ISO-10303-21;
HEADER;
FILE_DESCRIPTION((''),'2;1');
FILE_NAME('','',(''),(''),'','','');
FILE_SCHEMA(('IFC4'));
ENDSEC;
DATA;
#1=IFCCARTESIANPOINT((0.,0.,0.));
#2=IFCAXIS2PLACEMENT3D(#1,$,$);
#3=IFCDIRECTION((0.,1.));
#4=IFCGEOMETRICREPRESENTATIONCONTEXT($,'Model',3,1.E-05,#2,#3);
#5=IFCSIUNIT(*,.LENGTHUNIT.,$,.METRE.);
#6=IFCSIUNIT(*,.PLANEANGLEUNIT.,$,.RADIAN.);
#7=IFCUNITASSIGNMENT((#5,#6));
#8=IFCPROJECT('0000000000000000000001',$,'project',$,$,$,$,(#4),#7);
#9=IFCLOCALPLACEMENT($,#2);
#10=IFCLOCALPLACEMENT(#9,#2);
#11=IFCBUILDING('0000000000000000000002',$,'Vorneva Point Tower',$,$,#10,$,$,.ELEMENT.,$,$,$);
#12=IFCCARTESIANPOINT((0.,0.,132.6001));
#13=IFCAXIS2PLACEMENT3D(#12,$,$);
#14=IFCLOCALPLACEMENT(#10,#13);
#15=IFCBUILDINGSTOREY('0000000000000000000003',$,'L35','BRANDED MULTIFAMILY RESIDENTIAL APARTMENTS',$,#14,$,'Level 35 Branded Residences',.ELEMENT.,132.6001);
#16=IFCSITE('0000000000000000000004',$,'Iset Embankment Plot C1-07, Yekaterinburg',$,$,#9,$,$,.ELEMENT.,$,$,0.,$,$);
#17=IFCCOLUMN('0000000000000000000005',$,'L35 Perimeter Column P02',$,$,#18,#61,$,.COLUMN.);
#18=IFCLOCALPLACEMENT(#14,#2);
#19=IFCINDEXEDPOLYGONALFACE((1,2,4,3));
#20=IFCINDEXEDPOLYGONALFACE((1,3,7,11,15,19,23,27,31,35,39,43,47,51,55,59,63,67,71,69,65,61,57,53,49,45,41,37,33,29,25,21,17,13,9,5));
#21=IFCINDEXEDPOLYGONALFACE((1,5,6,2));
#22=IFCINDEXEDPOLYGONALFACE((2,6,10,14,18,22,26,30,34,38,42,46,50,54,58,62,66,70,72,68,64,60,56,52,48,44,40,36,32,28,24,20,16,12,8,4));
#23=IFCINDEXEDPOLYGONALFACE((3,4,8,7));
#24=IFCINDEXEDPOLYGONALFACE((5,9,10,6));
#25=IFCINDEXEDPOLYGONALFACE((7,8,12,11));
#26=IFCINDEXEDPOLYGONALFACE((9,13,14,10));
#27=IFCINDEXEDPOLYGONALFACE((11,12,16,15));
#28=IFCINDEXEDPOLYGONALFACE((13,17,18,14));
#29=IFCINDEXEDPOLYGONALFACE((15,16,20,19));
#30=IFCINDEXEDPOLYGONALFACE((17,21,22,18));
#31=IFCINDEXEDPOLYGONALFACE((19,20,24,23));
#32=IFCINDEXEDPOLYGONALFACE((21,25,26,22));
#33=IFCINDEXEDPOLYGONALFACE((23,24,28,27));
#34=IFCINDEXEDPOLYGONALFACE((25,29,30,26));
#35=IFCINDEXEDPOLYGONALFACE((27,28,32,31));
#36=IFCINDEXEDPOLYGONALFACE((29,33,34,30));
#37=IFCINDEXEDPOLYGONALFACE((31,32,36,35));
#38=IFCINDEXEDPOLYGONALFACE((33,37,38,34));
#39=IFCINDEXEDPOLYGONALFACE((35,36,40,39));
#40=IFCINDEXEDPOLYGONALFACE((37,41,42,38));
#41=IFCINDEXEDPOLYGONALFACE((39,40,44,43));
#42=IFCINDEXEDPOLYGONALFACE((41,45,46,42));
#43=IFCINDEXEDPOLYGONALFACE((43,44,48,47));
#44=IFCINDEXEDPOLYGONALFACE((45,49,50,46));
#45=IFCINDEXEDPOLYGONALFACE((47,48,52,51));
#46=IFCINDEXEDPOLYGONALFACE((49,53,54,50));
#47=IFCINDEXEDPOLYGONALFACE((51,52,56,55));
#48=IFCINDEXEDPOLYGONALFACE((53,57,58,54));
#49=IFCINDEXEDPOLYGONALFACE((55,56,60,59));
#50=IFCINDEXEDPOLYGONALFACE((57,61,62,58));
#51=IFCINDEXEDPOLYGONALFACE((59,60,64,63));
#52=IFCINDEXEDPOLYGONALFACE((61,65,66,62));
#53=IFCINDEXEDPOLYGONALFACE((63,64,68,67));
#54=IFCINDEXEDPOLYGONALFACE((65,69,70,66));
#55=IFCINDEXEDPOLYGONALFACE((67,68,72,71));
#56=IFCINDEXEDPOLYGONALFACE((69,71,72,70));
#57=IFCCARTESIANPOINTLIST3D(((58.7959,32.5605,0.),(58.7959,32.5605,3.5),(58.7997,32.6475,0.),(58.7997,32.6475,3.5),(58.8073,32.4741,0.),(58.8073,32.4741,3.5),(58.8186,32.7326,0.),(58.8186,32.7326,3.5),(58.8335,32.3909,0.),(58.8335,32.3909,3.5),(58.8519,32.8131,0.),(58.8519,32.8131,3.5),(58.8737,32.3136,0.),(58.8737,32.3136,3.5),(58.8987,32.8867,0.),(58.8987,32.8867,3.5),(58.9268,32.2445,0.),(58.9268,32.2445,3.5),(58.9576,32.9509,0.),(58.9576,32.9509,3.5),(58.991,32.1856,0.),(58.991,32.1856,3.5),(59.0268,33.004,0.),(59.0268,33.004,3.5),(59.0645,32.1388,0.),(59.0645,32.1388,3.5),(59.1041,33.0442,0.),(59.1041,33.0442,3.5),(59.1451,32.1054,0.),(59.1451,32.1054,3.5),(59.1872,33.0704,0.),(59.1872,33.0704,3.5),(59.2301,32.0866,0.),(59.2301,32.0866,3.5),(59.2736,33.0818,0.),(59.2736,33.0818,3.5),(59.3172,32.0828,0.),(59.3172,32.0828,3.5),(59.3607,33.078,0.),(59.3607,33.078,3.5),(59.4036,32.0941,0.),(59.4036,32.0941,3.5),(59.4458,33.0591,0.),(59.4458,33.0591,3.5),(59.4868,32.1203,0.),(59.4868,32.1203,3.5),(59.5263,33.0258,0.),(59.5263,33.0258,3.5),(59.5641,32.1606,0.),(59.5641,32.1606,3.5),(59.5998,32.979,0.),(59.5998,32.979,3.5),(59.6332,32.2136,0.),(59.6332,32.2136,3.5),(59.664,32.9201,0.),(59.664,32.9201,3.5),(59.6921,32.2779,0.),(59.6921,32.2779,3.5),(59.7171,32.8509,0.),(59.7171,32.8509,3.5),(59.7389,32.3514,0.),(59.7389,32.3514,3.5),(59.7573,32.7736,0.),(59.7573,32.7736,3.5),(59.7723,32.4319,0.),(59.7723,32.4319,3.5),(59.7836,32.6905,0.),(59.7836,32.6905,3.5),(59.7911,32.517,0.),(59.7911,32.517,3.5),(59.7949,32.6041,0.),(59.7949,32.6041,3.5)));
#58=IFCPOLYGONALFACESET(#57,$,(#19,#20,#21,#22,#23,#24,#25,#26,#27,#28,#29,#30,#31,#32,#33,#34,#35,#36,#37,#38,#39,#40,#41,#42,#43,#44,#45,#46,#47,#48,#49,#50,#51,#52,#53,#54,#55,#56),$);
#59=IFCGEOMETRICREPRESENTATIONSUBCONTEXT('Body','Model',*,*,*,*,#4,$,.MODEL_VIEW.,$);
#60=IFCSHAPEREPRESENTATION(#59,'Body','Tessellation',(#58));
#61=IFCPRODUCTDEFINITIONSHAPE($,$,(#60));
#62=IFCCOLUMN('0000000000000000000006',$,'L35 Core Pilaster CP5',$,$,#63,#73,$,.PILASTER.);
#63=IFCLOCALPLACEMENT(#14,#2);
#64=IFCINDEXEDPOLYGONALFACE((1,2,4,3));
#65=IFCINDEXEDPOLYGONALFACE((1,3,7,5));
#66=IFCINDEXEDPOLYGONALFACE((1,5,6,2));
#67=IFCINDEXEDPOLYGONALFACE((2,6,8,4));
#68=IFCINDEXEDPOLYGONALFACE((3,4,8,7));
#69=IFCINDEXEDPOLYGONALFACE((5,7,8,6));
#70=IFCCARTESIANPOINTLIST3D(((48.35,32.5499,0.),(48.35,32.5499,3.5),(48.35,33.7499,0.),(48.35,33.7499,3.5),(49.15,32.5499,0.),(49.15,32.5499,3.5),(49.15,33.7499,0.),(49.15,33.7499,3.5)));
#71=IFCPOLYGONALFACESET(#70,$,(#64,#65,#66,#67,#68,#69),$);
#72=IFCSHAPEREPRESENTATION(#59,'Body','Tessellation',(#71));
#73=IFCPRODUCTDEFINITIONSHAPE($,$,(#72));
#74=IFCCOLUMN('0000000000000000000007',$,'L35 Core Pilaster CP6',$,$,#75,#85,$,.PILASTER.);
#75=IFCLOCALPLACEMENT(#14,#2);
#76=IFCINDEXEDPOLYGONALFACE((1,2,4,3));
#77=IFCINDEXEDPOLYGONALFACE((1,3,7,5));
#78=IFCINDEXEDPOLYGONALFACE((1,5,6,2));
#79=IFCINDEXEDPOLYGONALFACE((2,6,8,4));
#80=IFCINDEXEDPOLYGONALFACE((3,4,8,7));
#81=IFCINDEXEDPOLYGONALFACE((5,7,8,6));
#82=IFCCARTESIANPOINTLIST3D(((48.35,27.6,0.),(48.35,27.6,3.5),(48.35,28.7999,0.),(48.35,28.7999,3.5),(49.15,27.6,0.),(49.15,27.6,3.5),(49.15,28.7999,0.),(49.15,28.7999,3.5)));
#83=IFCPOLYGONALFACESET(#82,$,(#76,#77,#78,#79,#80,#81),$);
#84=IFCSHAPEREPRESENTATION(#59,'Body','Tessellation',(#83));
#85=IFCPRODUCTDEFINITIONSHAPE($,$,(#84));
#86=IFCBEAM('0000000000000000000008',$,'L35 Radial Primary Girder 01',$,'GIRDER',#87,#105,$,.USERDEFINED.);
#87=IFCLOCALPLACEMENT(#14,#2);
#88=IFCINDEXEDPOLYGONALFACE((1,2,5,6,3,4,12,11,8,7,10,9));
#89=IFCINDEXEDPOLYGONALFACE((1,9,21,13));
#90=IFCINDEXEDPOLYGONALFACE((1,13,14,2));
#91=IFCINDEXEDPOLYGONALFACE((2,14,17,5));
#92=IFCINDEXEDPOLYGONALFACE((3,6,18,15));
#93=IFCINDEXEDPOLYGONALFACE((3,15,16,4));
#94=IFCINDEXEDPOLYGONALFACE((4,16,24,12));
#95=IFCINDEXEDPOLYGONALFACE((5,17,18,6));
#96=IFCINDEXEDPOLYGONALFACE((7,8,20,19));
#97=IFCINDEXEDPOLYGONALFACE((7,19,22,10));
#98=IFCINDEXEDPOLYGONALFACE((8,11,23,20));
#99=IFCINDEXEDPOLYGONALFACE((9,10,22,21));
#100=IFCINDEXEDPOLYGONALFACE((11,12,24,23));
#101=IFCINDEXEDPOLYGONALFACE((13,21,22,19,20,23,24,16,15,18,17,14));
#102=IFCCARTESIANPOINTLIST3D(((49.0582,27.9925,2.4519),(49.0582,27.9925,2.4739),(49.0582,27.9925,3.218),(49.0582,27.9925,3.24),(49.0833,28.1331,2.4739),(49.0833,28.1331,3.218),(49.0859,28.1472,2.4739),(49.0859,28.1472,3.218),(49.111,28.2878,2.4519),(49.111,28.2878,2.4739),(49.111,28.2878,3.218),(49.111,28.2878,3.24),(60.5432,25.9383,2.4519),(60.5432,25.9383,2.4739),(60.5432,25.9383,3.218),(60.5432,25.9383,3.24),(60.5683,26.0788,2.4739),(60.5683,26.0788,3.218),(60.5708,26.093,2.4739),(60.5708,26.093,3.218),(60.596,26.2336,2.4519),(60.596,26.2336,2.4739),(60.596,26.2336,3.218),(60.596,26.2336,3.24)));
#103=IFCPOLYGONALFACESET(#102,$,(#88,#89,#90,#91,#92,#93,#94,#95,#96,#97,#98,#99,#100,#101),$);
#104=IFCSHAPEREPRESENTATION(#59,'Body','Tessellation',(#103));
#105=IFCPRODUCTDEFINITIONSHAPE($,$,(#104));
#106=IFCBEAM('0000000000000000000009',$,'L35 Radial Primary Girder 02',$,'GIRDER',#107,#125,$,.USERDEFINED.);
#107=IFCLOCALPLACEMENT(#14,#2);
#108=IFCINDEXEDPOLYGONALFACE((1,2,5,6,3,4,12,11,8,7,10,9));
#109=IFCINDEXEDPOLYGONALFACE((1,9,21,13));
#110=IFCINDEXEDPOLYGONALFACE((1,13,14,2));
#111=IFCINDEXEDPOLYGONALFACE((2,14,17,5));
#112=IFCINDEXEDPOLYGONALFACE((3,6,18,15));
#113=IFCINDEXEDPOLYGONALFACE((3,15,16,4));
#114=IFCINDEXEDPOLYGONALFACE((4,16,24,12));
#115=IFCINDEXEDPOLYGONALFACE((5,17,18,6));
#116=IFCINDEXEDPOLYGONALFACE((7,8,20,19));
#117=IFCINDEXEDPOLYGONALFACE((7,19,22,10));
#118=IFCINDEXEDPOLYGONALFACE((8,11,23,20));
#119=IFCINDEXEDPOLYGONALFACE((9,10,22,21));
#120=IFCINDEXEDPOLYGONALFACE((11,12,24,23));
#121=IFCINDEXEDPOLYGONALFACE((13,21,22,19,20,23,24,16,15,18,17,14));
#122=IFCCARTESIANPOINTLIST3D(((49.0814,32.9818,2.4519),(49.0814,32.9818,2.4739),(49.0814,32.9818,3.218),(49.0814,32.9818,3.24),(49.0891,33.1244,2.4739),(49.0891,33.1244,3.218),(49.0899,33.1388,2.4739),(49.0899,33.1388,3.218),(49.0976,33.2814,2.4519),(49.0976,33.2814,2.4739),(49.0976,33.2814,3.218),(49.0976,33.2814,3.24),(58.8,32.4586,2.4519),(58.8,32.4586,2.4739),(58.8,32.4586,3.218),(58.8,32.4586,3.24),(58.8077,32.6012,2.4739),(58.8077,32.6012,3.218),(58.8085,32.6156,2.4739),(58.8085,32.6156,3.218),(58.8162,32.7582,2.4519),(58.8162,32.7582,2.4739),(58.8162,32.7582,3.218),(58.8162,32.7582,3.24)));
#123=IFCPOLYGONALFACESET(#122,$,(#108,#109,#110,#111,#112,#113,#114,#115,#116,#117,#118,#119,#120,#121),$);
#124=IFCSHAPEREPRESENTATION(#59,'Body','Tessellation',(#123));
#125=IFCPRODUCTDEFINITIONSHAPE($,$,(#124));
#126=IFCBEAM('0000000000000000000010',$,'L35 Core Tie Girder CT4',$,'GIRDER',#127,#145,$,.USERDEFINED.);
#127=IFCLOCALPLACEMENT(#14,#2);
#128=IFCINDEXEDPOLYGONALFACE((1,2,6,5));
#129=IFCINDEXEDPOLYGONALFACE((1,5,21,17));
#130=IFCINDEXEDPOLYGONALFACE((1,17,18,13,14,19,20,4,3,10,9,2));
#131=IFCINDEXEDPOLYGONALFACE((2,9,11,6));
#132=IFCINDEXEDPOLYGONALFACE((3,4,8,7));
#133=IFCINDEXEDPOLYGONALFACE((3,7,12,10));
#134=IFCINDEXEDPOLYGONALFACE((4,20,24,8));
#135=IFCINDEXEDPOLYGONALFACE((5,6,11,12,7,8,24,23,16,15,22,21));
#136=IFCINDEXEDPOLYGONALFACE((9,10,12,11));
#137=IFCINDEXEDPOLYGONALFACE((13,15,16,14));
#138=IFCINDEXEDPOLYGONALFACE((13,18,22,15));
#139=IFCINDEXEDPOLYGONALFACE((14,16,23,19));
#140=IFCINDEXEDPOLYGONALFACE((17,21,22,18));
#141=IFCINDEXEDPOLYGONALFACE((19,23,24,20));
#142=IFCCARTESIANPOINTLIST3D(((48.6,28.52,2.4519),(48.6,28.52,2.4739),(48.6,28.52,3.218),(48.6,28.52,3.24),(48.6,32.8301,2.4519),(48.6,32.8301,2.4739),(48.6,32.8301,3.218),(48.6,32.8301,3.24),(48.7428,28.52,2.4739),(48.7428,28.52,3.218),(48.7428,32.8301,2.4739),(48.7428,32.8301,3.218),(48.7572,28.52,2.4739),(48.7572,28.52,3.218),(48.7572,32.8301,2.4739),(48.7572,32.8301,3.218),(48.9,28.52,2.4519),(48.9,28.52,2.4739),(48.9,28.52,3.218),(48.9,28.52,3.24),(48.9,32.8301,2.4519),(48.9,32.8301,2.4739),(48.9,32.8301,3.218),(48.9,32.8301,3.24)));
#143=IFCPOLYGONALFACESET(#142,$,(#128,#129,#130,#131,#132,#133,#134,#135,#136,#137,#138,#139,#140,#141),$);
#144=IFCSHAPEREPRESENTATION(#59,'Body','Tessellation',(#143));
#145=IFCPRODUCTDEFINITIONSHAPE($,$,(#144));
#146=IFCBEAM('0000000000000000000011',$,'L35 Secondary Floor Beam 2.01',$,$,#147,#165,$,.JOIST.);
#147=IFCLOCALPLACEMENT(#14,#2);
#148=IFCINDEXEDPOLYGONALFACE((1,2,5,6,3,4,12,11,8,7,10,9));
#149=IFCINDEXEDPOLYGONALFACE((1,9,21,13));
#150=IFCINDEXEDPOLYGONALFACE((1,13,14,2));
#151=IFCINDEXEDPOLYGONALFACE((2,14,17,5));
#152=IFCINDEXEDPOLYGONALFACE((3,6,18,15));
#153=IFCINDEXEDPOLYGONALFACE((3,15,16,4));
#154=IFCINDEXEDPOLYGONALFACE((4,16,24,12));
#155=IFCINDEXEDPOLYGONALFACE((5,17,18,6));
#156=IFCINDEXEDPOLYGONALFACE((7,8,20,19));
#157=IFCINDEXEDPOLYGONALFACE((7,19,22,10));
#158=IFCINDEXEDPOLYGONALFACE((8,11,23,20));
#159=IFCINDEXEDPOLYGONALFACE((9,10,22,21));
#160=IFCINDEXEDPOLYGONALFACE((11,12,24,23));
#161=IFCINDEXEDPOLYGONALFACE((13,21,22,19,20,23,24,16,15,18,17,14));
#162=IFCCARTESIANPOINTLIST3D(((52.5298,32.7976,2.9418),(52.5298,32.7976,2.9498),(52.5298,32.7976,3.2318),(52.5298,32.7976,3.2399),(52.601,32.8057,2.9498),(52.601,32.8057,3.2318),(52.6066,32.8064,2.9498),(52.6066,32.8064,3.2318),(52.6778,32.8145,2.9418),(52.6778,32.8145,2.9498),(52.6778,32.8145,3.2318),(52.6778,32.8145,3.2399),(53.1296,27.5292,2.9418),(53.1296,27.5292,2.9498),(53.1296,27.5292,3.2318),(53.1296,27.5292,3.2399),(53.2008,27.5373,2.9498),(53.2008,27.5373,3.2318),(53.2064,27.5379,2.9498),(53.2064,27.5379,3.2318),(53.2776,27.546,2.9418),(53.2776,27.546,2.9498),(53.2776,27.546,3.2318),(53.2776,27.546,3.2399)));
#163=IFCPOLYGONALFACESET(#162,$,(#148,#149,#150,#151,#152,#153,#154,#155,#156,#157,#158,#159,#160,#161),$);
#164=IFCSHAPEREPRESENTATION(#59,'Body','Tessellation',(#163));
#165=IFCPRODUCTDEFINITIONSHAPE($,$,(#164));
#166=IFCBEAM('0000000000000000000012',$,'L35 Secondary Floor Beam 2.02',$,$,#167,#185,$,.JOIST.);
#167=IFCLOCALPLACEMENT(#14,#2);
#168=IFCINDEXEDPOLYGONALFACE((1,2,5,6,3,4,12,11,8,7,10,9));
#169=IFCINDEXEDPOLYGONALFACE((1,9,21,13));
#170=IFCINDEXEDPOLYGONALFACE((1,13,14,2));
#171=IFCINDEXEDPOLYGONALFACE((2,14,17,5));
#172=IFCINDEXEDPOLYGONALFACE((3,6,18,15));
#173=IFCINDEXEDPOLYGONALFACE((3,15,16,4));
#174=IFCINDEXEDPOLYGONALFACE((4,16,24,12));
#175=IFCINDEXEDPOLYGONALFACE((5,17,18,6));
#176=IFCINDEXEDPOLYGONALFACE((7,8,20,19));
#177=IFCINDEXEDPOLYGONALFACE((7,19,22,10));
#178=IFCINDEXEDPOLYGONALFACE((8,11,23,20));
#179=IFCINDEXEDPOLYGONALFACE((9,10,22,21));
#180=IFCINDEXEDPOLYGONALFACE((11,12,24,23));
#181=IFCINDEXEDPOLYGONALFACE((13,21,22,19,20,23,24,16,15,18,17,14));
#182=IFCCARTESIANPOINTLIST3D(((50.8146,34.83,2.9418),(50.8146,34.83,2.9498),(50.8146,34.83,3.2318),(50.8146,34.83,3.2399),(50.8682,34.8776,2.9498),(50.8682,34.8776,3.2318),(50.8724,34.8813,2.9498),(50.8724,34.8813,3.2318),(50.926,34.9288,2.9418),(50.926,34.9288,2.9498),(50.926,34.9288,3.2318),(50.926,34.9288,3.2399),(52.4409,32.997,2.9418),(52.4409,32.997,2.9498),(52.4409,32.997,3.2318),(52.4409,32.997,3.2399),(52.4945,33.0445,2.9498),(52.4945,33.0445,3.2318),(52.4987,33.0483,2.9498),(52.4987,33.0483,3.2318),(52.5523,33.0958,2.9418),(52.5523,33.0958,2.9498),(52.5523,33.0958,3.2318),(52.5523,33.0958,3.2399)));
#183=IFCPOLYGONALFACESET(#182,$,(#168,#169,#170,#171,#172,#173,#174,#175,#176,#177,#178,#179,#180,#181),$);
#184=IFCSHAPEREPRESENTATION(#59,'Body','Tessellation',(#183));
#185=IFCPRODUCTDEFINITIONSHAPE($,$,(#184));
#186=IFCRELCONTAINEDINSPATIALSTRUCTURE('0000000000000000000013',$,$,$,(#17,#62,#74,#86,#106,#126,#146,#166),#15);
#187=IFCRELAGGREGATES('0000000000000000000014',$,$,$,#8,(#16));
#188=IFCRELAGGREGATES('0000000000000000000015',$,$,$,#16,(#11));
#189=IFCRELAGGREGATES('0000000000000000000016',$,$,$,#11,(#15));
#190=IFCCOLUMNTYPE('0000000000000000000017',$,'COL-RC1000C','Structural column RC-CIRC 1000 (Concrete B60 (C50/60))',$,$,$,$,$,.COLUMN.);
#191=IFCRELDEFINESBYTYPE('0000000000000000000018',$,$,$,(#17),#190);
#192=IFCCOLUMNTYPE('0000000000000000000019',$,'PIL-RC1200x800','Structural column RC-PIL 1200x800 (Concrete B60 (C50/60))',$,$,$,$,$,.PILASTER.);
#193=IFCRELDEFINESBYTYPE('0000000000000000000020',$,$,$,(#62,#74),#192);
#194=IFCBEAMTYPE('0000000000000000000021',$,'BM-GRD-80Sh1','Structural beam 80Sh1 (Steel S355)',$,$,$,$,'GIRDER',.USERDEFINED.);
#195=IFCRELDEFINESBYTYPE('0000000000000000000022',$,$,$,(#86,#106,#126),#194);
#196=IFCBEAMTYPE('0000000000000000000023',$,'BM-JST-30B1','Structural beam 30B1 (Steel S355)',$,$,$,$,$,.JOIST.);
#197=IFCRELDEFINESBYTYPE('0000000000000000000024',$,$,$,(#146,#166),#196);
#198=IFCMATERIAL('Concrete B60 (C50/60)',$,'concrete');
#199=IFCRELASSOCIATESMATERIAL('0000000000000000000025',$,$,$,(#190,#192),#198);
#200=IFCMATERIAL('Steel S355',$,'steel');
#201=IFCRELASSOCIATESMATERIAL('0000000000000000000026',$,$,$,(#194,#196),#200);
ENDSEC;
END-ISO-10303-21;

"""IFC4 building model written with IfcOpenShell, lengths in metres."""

from ifc_helpers import new_model, si_unit, direction, frame, origin, origin_2d, place, context, subcontext, project, spatial, rectangle, circle, i_section, extrude, material, material_profile, profile_set, type_object, element, save


model = new_model("IFC4")

# Units and contexts
model_context = context("Model", 3, precision=1e-05, world=origin(), true_north=direction((0.0, 1.0)))
body_context = subcontext(model_context, "Body", "Model", "MODEL_VIEW")
ifc_project = project(units=[si_unit("LENGTHUNIT", "METRE"), si_unit("PLANEANGLEUNIT", "RADIAN")], contexts=[model_context])

# Site, building, storey
site_placement = place(None, origin())
site = spatial("IfcSite", under=ifc_project, at=site_placement, Name="Iset Embankment Plot C1-07, Yekaterinburg", CompositionType="ELEMENT", RefElevation=0.0)
building_placement = place(site_placement, origin())
building = spatial("IfcBuilding", under=site, at=building_placement, Name="Vorneva Point Tower", CompositionType="ELEMENT")
storey_placement = place(building_placement, frame((0.0, 0.0, 132.6001)))
storey = spatial("IfcBuildingStorey", under=building, at=storey_placement, Name="L35", Description="BRANDED MULTIFAMILY RESIDENTIAL APARTMENTS", LongName="Level 35 Branded Residences", CompositionType="ELEMENT", Elevation=132.6001)

# Columns
ifc_material_1 = material(Name="Concrete B60 (C50/60)", Category="concrete")
ifc_material_profile_1 = material_profile(ifc_material_1, circle(Radius=0.5, at=origin_2d()), Name="RC-CIRC 1000")
ifc_profile_set_1 = profile_set([ifc_material_profile_1], Name="Concrete B60 (C50/60)")
column_type_1 = type_object("IfcColumnType", Name="COL-RC1000C", Description="Structural column RC-CIRC 1000 (Concrete B60 (C50/60))", PredefinedType="COLUMN", material=ifc_profile_set_1)
column_placement = place(storey_placement, frame((59.2954, 32.5823, 0.0), z_axis=(0.0, 0.0, 1.0), x_axis=(0.92388, 0.382683, 0.0)))
element("IfcColumn", 1, at=column_placement, inside=storey, type_object=column_type_1, Name="L35 Perimeter Column P02", PredefinedType="COLUMN", context=body_context, shape_type="SweptSolid", body=[
    extrude(circle(Radius=0.5, at=origin_2d()), origin(), (0.0, 0.0, 1.0), 3.5),
])
ifc_material_profile_2 = material_profile(ifc_material_1, rectangle(XDim=0.8, YDim=1.2, at=origin_2d()), Name="RC-PIL 1200x800")
ifc_profile_set_2 = profile_set([ifc_material_profile_2], Name="Concrete B60 (C50/60)")
column_type_2 = type_object("IfcColumnType", Name="PIL-RC1200x800", Description="Structural column RC-PIL 1200x800 (Concrete B60 (C50/60))", PredefinedType="PILASTER", material=ifc_profile_set_2)
for number, where, z_axis, x_axis, name in (
    (2, (48.75, 33.1499, 0.0), (0.0, 0.0, 1.0), (1.0, 0.0, 0.0), "L35 Core Pilaster CP5"),
    (3, (48.75, 28.2, 0.0), (0.0, 0.0, 1.0), (1.0, 0.0, 0.0), "L35 Core Pilaster CP6"),
):
    element("IfcColumn", number, at=place(storey_placement, frame(where, z_axis=z_axis, x_axis=x_axis)), inside=storey, type_object=column_type_2, Name=name, PredefinedType="PILASTER", context=body_context, shape_type="SweptSolid", body=[
        extrude(rectangle(XDim=0.8, YDim=1.2, at=origin_2d()), origin(), (0.0, 0.0, 1.0), 3.5),
    ])

# Beams
ifc_material_2 = material(Name="Steel S355", Category="steel")
ifc_material_profile_3 = material_profile(ifc_material_2, i_section(OverallWidth=0.3, OverallDepth=0.7881, WebThickness=0.0144, FlangeThickness=0.022, at=origin_2d()), Name="80Sh1")
ifc_profile_set_3 = profile_set([ifc_material_profile_3], Name="Steel S355")
beam_type_1 = type_object("IfcBeamType", Name="BM-GRD-80Sh1", Description="Structural beam 80Sh1 (Steel S355)", ElementType="GIRDER", PredefinedType="USERDEFINED", material=ifc_profile_set_3)
beam_1_placement = place(storey_placement, frame((60.5696, 26.0859, 2.8459), z_axis=(-0.984378, 0.176067, 0.0), x_axis=(-0.176067, -0.984378, 0.0)))
element("IfcBeam", 4, at=beam_1_placement, inside=storey, type_object=beam_type_1, Name="L35 Radial Primary Girder 01", ObjectType="GIRDER", PredefinedType="USERDEFINED", context=body_context, shape_type="SweptSolid", body=[
    extrude(i_section(OverallWidth=0.3, OverallDepth=0.7881, WebThickness=0.0144, FlangeThickness=0.022, at=origin_2d()), origin(), (0.0, 0.0, 1.0), 11.6672),
])
beam_2_placement = place(storey_placement, frame((58.8081, 32.6084, 2.8459), z_axis=(-0.998554, 0.053757, 0.0), x_axis=(-0.053757, -0.998554, 0.0)))
element("IfcBeam", 5, at=beam_2_placement, inside=storey, type_object=beam_type_1, Name="L35 Radial Primary Girder 02", ObjectType="GIRDER", PredefinedType="USERDEFINED", context=body_context, shape_type="SweptSolid", body=[
    extrude(i_section(OverallWidth=0.3, OverallDepth=0.7881, WebThickness=0.0144, FlangeThickness=0.022, at=origin_2d()), origin(), (0.0, 0.0, 1.0), 9.7327),
])
beam_3_placement = place(storey_placement, frame((48.75, 28.52, 2.8459), z_axis=(0.0, 1.0, 0.0), x_axis=(-1.0, 0.0, 0.0)))
element("IfcBeam", 6, at=beam_3_placement, inside=storey, type_object=beam_type_1, Name="L35 Core Tie Girder CT4", ObjectType="GIRDER", PredefinedType="USERDEFINED", context=body_context, shape_type="SweptSolid", body=[
    extrude(i_section(OverallWidth=0.3, OverallDepth=0.7881, WebThickness=0.0144, FlangeThickness=0.022, at=origin_2d()), origin(), (0.0, 0.0, 1.0), 4.3101),
])
ifc_material_profile_4 = material_profile(ifc_material_2, i_section(OverallWidth=0.1489, OverallDepth=0.2981, WebThickness=0.0056, FlangeThickness=0.0081, at=origin_2d()), Name="30B1")
ifc_profile_set_4 = profile_set([ifc_material_profile_4], Name="Steel S355")
beam_type_2 = type_object("IfcBeamType", Name="BM-JST-30B1", Description="Structural beam 30B1 (Steel S355)", PredefinedType="JOIST", material=ifc_profile_set_4)
beam_4_placement = place(storey_placement, frame((53.2036, 27.5376, 3.0908), z_axis=(-0.113125, 0.993581, 0.0), x_axis=(-0.993581, -0.113125, 0.0)))
element("IfcBeam", 7, at=beam_4_placement, inside=storey, type_object=beam_type_2, Name="L35 Secondary Floor Beam 2.01", PredefinedType="JOIST", context=body_context, shape_type="SweptSolid", body=[
    extrude(i_section(OverallWidth=0.1489, OverallDepth=0.2981, WebThickness=0.0056, FlangeThickness=0.0081, at=origin_2d()), origin(), (0.0, 0.0, 1.0), 5.3025),
])
beam_5_placement = place(storey_placement, frame((52.4966, 33.0464, 3.0908), z_axis=(-0.663652, 0.748041, 0.0), x_axis=(-0.748041, -0.663652, 0.0)))
element("IfcBeam", 8, at=beam_5_placement, inside=storey, type_object=beam_type_2, Name="L35 Secondary Floor Beam 2.02", PredefinedType="JOIST", context=body_context, shape_type="SweptSolid", body=[
    extrude(i_section(OverallWidth=0.1489, OverallDepth=0.2981, WebThickness=0.0056, FlangeThickness=0.0081, at=origin_2d()), origin(), (0.0, 0.0, 1.0), 2.4504),
])

save(model, "model.ifc")
